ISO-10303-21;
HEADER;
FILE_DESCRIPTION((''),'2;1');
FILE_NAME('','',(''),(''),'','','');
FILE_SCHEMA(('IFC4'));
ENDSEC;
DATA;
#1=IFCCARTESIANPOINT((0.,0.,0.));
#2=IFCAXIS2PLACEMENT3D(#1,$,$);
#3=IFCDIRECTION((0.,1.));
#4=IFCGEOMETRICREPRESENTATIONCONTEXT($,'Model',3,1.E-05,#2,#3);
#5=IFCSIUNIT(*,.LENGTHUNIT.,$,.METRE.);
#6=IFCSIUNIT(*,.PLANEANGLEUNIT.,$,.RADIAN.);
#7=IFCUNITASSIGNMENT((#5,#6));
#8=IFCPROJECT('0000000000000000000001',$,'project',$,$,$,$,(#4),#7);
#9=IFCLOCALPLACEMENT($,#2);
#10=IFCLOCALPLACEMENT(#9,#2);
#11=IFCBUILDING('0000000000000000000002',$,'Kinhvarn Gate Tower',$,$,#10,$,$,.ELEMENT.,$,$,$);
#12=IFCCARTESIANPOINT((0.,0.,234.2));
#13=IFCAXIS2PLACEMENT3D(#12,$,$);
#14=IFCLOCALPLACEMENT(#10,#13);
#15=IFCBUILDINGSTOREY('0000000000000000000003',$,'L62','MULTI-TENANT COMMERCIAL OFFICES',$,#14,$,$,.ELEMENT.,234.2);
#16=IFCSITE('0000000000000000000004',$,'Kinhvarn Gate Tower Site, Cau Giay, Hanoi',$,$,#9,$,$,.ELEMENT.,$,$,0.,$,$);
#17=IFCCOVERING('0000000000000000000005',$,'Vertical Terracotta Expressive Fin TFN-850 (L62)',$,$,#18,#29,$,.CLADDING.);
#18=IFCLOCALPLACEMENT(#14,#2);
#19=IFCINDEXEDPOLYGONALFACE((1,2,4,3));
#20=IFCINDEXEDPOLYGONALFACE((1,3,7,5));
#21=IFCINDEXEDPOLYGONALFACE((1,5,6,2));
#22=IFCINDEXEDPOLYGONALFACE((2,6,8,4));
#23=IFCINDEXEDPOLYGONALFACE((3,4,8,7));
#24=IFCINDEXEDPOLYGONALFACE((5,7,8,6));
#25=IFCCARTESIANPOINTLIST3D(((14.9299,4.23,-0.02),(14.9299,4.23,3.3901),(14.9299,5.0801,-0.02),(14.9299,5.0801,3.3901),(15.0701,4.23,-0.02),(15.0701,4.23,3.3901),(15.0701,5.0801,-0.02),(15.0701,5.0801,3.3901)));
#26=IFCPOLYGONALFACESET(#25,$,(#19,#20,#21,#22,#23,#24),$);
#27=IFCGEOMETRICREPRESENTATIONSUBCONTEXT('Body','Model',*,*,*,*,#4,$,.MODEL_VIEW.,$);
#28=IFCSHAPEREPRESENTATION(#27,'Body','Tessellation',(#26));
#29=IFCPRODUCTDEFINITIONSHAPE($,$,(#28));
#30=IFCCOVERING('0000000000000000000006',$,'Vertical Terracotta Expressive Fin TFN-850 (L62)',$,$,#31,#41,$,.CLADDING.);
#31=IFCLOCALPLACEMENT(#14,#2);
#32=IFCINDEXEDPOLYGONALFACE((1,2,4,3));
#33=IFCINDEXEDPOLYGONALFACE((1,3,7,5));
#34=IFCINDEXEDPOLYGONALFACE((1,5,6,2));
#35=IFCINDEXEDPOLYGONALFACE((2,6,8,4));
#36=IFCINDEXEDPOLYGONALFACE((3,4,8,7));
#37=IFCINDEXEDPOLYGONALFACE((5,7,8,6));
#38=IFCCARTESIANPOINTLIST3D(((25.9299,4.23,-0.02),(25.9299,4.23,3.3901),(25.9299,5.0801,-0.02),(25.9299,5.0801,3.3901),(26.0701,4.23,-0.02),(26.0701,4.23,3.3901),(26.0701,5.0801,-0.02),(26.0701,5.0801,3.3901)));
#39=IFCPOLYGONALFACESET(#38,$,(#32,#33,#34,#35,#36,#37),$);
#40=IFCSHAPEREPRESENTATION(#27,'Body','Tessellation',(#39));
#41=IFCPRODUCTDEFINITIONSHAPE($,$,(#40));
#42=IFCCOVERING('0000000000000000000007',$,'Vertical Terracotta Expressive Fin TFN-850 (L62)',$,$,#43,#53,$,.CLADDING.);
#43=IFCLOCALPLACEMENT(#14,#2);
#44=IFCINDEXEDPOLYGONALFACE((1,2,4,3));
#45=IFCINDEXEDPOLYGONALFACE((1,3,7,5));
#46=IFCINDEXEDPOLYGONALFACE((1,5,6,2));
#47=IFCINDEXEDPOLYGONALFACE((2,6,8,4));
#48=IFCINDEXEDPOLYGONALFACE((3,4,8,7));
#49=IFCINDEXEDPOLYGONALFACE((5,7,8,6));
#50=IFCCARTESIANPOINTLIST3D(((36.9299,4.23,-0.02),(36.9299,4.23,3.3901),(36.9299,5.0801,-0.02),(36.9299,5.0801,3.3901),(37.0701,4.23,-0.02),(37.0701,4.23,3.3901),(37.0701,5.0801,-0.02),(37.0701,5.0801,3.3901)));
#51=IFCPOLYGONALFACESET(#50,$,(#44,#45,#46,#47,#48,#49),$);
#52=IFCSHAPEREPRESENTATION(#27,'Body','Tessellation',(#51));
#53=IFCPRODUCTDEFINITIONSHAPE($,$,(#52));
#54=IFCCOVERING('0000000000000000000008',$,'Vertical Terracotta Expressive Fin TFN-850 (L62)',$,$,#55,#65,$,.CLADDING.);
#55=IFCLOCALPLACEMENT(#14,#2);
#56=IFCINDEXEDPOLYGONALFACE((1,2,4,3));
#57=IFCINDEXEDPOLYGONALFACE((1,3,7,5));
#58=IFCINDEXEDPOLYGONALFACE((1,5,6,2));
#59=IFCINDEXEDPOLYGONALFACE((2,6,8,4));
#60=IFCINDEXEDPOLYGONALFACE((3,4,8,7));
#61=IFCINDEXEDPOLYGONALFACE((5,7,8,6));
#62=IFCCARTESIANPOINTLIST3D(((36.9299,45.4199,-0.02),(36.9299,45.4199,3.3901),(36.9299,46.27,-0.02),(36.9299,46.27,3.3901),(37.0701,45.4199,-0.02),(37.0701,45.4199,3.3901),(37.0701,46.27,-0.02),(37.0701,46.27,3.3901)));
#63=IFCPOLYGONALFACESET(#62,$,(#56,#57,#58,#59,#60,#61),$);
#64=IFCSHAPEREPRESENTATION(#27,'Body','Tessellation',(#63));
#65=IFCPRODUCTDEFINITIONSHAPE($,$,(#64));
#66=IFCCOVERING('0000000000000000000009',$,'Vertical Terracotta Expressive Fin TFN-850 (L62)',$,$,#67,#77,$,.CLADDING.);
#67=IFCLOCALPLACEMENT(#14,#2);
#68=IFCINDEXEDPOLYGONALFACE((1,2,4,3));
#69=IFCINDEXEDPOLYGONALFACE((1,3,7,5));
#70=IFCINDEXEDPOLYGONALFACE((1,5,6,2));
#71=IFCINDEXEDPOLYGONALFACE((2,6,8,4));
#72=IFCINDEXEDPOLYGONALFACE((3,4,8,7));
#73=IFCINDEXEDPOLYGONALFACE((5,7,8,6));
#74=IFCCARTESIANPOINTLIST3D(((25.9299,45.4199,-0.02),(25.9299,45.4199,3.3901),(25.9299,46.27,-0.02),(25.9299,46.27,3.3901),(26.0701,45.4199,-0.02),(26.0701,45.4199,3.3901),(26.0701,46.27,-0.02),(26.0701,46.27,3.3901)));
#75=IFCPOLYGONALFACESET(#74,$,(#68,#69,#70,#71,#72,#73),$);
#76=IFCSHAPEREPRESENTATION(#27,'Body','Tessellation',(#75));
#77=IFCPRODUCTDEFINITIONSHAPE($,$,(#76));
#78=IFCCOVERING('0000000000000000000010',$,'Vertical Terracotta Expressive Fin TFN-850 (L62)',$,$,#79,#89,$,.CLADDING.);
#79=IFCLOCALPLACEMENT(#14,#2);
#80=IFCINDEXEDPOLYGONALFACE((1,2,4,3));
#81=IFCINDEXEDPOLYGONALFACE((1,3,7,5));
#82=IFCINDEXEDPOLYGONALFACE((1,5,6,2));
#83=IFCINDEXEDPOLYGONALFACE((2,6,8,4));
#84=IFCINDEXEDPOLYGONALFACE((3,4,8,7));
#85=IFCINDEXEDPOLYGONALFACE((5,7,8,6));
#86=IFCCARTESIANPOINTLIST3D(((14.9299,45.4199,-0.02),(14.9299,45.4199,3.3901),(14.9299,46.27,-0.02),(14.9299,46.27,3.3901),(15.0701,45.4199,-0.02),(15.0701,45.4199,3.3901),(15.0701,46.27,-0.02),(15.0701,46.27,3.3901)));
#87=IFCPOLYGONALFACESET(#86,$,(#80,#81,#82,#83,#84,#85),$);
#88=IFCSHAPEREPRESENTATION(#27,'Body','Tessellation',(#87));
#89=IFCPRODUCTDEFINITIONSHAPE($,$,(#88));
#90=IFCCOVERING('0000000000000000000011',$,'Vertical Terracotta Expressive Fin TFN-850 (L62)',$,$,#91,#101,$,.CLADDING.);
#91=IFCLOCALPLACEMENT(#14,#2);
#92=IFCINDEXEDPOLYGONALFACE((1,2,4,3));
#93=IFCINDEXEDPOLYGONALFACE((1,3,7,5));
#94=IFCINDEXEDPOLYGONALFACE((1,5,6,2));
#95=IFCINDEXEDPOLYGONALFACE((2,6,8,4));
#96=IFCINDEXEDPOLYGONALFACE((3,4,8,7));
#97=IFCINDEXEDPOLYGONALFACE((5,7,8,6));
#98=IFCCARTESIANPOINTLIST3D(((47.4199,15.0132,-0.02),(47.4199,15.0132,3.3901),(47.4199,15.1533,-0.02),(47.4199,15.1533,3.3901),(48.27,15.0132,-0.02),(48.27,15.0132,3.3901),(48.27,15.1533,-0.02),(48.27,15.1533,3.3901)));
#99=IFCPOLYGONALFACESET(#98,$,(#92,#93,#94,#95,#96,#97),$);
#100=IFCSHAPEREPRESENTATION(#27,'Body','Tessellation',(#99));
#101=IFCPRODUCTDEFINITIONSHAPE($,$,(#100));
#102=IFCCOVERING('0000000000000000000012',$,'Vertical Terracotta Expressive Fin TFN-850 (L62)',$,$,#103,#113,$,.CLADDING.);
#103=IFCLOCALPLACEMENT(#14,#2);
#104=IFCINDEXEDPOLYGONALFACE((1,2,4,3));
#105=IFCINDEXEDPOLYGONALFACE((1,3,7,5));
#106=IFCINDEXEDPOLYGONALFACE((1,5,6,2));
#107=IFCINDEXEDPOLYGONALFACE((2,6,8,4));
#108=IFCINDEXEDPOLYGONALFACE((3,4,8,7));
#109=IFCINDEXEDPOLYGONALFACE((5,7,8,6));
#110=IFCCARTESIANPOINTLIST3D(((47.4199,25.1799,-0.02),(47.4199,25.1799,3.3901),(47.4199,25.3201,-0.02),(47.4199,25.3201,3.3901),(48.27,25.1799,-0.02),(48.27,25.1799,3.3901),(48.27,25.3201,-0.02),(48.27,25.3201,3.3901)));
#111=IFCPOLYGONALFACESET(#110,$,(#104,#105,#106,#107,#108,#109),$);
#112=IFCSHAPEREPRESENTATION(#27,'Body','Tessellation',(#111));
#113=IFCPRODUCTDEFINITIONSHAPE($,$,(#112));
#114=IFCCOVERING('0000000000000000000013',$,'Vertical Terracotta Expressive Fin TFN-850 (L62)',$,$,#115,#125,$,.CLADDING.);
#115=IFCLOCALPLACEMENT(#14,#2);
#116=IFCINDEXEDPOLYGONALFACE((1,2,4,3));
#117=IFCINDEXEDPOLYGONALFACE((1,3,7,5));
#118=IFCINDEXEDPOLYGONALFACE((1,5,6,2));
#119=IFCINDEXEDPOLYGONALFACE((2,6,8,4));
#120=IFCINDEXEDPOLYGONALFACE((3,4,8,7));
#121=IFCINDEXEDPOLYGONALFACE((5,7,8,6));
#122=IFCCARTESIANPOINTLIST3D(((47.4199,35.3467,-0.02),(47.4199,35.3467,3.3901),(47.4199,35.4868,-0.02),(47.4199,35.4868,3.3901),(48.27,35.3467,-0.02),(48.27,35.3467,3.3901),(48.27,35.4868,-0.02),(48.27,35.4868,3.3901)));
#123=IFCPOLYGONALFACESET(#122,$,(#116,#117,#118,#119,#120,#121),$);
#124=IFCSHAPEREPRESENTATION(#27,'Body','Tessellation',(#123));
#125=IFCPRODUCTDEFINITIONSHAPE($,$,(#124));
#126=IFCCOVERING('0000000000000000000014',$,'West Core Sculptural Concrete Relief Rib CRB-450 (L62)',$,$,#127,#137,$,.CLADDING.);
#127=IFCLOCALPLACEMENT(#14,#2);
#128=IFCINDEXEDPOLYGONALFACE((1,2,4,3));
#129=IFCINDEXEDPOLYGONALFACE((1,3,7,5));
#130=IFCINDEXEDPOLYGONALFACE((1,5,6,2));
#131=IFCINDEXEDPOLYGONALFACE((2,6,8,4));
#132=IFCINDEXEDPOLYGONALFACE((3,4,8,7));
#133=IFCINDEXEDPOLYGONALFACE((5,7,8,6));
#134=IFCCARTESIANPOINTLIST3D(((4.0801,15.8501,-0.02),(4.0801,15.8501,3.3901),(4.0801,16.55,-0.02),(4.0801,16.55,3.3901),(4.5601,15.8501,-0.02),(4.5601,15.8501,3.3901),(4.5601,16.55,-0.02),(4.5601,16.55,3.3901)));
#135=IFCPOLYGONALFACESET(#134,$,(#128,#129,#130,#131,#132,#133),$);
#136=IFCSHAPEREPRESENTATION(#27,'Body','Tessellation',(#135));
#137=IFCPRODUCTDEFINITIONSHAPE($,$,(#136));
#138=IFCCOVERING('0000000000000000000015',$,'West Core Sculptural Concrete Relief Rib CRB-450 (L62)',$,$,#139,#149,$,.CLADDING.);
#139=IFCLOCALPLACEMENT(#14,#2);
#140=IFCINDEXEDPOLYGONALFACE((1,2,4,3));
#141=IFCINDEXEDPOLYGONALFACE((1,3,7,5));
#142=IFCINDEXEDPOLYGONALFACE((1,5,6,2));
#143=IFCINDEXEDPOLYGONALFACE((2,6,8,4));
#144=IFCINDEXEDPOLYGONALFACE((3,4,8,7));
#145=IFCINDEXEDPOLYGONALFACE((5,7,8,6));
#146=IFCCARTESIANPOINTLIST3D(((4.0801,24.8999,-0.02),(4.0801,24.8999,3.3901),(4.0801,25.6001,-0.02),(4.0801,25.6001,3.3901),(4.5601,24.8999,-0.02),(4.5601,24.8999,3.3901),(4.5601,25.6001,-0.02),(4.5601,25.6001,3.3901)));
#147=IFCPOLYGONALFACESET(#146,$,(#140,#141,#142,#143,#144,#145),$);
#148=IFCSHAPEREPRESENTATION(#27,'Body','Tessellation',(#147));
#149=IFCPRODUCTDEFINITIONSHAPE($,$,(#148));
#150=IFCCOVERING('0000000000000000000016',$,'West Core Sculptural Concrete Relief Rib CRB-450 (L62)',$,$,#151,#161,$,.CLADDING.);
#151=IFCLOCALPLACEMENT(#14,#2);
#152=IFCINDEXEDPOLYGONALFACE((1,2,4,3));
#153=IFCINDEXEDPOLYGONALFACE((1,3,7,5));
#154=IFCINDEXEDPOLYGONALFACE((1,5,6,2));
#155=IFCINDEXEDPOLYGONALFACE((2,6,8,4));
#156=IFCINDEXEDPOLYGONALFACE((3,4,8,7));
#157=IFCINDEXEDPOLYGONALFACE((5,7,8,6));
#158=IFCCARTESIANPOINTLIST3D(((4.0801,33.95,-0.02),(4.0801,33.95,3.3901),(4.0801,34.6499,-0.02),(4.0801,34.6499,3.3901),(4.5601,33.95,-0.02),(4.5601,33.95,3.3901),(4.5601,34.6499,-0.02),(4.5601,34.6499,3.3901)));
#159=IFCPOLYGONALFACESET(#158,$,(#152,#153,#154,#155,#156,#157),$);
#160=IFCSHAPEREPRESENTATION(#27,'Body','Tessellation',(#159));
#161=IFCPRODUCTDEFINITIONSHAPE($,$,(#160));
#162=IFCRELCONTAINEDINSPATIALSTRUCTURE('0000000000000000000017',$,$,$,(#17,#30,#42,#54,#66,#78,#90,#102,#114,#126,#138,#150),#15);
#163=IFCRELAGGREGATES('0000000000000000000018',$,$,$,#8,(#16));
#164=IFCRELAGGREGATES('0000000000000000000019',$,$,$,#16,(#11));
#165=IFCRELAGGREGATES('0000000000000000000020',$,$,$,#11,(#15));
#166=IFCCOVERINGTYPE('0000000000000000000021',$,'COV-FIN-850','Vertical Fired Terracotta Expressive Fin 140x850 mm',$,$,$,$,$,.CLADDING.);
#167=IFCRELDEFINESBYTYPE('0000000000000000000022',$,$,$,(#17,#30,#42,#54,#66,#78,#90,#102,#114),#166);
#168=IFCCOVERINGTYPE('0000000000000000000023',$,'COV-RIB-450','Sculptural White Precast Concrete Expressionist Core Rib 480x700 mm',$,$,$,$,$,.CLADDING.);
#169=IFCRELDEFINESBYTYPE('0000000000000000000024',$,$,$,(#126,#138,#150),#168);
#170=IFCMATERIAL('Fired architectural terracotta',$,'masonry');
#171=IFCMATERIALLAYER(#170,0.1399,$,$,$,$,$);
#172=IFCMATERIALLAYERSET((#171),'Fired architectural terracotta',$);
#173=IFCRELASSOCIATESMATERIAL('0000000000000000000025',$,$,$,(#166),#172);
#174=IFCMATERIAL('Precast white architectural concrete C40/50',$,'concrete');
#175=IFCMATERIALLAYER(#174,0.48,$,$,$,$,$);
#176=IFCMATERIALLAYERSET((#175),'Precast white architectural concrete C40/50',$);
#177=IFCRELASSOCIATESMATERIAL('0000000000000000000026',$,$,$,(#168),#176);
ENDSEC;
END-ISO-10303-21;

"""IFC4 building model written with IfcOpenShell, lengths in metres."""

from ifc_helpers import new_model, si_unit, direction, frame, origin, place, context, subcontext, project, spatial, polyline, outline, extrude, material, layer, layer_set, type_object, element, save


model = new_model("IFC4")

# Units and contexts
model_context = context("Model", 3, precision=1e-05, world=origin(), true_north=direction((0.0, 1.0)))
body_context = subcontext(model_context, "Body", "Model", "MODEL_VIEW")
ifc_project = project(units=[si_unit("LENGTHUNIT", "METRE"), si_unit("PLANEANGLEUNIT", "RADIAN")], contexts=[model_context])

# Site, building, storey
site_placement = place(None, origin())
site = spatial("IfcSite", under=ifc_project, at=site_placement, Name="Kinhvarn Gate Tower Site, Cau Giay, Hanoi", CompositionType="ELEMENT", RefElevation=0.0)
building_placement = place(site_placement, origin())
building = spatial("IfcBuilding", under=site, at=building_placement, Name="Kinhvarn Gate Tower", CompositionType="ELEMENT")
storey_placement = place(building_placement, frame((0.0, 0.0, 234.2)))
storey = spatial("IfcBuildingStorey", under=building, at=storey_placement, Name="L62", Description="MULTI-TENANT COMMERCIAL OFFICES", CompositionType="ELEMENT", Elevation=234.2)

# Shared definitions
ifc_material_1 = material(Name="Precast white architectural concrete C40/50", Category="concrete")

# Coverings
ifc_material_2 = material(Name="Fired architectural terracotta", Category="masonry")
ifc_layer_1 = layer(ifc_material_2, 0.1399)
ifc_layer_set_1 = layer_set([ifc_layer_1], Name="Fired architectural terracotta")
covering_type_1 = type_object("IfcCoveringType", Name="COV-FIN-850", Description="Vertical Fired Terracotta Expressive Fin 140x850 mm", PredefinedType="CLADDING", material=ifc_layer_set_1)
covering_1_placement = place(storey_placement, frame((0.0, 0.0, -0.02)))
element("IfcCovering", 1, at=covering_1_placement, inside=storey, type_object=covering_type_1, Name="Vertical Terracotta Expressive Fin TFN-850 (L62)", PredefinedType="CLADDING", context=body_context, shape_type="SweptSolid", body=[
    extrude(outline(polyline([(14.9299, 5.0801), (15.0701, 5.0801), (15.0701, 4.23), (14.9299, 4.23), (14.9299, 5.0801)])), origin(), (0.0, 0.0, 1.0), 3.4102),
])
covering_2_placement = place(storey_placement, frame((0.0, 0.0, -0.02)))
element("IfcCovering", 2, at=covering_2_placement, inside=storey, type_object=covering_type_1, Name="Vertical Terracotta Expressive Fin TFN-850 (L62)", PredefinedType="CLADDING", context=body_context, shape_type="SweptSolid", body=[
    extrude(outline(polyline([(25.9299, 5.0801), (26.0701, 5.0801), (26.0701, 4.23), (25.9299, 4.23), (25.9299, 5.0801)])), origin(), (0.0, 0.0, 1.0), 3.4102),
])
covering_3_placement = place(storey_placement, frame((0.0, 0.0, -0.02)))
element("IfcCovering", 3, at=covering_3_placement, inside=storey, type_object=covering_type_1, Name="Vertical Terracotta Expressive Fin TFN-850 (L62)", PredefinedType="CLADDING", context=body_context, shape_type="SweptSolid", body=[
    extrude(outline(polyline([(36.9299, 5.0801), (37.0701, 5.0801), (37.0701, 4.23), (36.9299, 4.23), (36.9299, 5.0801)])), origin(), (0.0, 0.0, 1.0), 3.4102),
])
covering_4_placement = place(storey_placement, frame((0.0, 0.0, -0.02)))
element("IfcCovering", 4, at=covering_4_placement, inside=storey, type_object=covering_type_1, Name="Vertical Terracotta Expressive Fin TFN-850 (L62)", PredefinedType="CLADDING", context=body_context, shape_type="SweptSolid", body=[
    extrude(outline(polyline([(37.0701, 45.4199), (36.9299, 45.4199), (36.9299, 46.27), (37.0701, 46.27), (37.0701, 45.4199)])), origin(), (0.0, 0.0, 1.0), 3.4102),
])
covering_5_placement = place(storey_placement, frame((0.0, 0.0, -0.02)))
element("IfcCovering", 5, at=covering_5_placement, inside=storey, type_object=covering_type_1, Name="Vertical Terracotta Expressive Fin TFN-850 (L62)", PredefinedType="CLADDING", context=body_context, shape_type="SweptSolid", body=[
    extrude(outline(polyline([(26.0701, 45.4199), (25.9299, 45.4199), (25.9299, 46.27), (26.0701, 46.27), (26.0701, 45.4199)])), origin(), (0.0, 0.0, 1.0), 3.4102),
])
covering_6_placement = place(storey_placement, frame((0.0, 0.0, -0.02)))
element("IfcCovering", 6, at=covering_6_placement, inside=storey, type_object=covering_type_1, Name="Vertical Terracotta Expressive Fin TFN-850 (L62)", PredefinedType="CLADDING", context=body_context, shape_type="SweptSolid", body=[
    extrude(outline(polyline([(15.0701, 45.4199), (14.9299, 45.4199), (14.9299, 46.27), (15.0701, 46.27), (15.0701, 45.4199)])), origin(), (0.0, 0.0, 1.0), 3.4102),
])
covering_7_placement = place(storey_placement, frame((0.0, 0.0, -0.02)))
element("IfcCovering", 7, at=covering_7_placement, inside=storey, type_object=covering_type_1, Name="Vertical Terracotta Expressive Fin TFN-850 (L62)", PredefinedType="CLADDING", context=body_context, shape_type="SweptSolid", body=[
    extrude(outline(polyline([(47.4199, 15.0132), (47.4199, 15.1533), (48.27, 15.1533), (48.27, 15.0132), (47.4199, 15.0132)])), origin(), (0.0, 0.0, 1.0), 3.4102),
])
covering_8_placement = place(storey_placement, frame((0.0, 0.0, -0.02)))
element("IfcCovering", 8, at=covering_8_placement, inside=storey, type_object=covering_type_1, Name="Vertical Terracotta Expressive Fin TFN-850 (L62)", PredefinedType="CLADDING", context=body_context, shape_type="SweptSolid", body=[
    extrude(outline(polyline([(47.4199, 25.1799), (47.4199, 25.3201), (48.27, 25.3201), (48.27, 25.1799), (47.4199, 25.1799)])), origin(), (0.0, 0.0, 1.0), 3.4102),
])
covering_9_placement = place(storey_placement, frame((0.0, 0.0, -0.02)))
element("IfcCovering", 9, at=covering_9_placement, inside=storey, type_object=covering_type_1, Name="Vertical Terracotta Expressive Fin TFN-850 (L62)", PredefinedType="CLADDING", context=body_context, shape_type="SweptSolid", body=[
    extrude(outline(polyline([(47.4199, 35.3467), (47.4199, 35.4868), (48.27, 35.4868), (48.27, 35.3467), (47.4199, 35.3467)])), origin(), (0.0, 0.0, 1.0), 3.4102),
])
ifc_layer_2 = layer(ifc_material_1, 0.48)
ifc_layer_set_2 = layer_set([ifc_layer_2], Name="Precast white architectural concrete C40/50")
covering_type_2 = type_object("IfcCoveringType", Name="COV-RIB-450", Description="Sculptural White Precast Concrete Expressionist Core Rib 480x700 mm", PredefinedType="CLADDING", material=ifc_layer_set_2)
covering_10_placement = place(storey_placement, frame((0.0, 0.0, -0.02)))
element("IfcCovering", 10, at=covering_10_placement, inside=storey, type_object=covering_type_2, Name="West Core Sculptural Concrete Relief Rib CRB-450 (L62)", PredefinedType="CLADDING", context=body_context, shape_type="SweptSolid", body=[
    extrude(outline(polyline([(4.0801, 15.8501), (4.5601, 15.8501), (4.5601, 16.55), (4.0801, 16.55), (4.0801, 15.8501)])), origin(), (0.0, 0.0, 1.0), 3.4102),
])
covering_11_placement = place(storey_placement, frame((0.0, 0.0, -0.02)))
element("IfcCovering", 11, at=covering_11_placement, inside=storey, type_object=covering_type_2, Name="West Core Sculptural Concrete Relief Rib CRB-450 (L62)", PredefinedType="CLADDING", context=body_context, shape_type="SweptSolid", body=[
    extrude(outline(polyline([(4.0801, 24.8999), (4.5601, 24.8999), (4.5601, 25.6001), (4.0801, 25.6001), (4.0801, 24.8999)])), origin(), (0.0, 0.0, 1.0), 3.4102),
])
covering_12_placement = place(storey_placement, frame((0.0, 0.0, -0.02)))
element("IfcCovering", 12, at=covering_12_placement, inside=storey, type_object=covering_type_2, Name="West Core Sculptural Concrete Relief Rib CRB-450 (L62)", PredefinedType="CLADDING", context=body_context, shape_type="SweptSolid", body=[
    extrude(outline(polyline([(4.0801, 33.95), (4.5601, 33.95), (4.5601, 34.6499), (4.0801, 34.6499), (4.0801, 33.95)])), origin(), (0.0, 0.0, 1.0), 3.4102),
])

save(model, "model.ifc")
